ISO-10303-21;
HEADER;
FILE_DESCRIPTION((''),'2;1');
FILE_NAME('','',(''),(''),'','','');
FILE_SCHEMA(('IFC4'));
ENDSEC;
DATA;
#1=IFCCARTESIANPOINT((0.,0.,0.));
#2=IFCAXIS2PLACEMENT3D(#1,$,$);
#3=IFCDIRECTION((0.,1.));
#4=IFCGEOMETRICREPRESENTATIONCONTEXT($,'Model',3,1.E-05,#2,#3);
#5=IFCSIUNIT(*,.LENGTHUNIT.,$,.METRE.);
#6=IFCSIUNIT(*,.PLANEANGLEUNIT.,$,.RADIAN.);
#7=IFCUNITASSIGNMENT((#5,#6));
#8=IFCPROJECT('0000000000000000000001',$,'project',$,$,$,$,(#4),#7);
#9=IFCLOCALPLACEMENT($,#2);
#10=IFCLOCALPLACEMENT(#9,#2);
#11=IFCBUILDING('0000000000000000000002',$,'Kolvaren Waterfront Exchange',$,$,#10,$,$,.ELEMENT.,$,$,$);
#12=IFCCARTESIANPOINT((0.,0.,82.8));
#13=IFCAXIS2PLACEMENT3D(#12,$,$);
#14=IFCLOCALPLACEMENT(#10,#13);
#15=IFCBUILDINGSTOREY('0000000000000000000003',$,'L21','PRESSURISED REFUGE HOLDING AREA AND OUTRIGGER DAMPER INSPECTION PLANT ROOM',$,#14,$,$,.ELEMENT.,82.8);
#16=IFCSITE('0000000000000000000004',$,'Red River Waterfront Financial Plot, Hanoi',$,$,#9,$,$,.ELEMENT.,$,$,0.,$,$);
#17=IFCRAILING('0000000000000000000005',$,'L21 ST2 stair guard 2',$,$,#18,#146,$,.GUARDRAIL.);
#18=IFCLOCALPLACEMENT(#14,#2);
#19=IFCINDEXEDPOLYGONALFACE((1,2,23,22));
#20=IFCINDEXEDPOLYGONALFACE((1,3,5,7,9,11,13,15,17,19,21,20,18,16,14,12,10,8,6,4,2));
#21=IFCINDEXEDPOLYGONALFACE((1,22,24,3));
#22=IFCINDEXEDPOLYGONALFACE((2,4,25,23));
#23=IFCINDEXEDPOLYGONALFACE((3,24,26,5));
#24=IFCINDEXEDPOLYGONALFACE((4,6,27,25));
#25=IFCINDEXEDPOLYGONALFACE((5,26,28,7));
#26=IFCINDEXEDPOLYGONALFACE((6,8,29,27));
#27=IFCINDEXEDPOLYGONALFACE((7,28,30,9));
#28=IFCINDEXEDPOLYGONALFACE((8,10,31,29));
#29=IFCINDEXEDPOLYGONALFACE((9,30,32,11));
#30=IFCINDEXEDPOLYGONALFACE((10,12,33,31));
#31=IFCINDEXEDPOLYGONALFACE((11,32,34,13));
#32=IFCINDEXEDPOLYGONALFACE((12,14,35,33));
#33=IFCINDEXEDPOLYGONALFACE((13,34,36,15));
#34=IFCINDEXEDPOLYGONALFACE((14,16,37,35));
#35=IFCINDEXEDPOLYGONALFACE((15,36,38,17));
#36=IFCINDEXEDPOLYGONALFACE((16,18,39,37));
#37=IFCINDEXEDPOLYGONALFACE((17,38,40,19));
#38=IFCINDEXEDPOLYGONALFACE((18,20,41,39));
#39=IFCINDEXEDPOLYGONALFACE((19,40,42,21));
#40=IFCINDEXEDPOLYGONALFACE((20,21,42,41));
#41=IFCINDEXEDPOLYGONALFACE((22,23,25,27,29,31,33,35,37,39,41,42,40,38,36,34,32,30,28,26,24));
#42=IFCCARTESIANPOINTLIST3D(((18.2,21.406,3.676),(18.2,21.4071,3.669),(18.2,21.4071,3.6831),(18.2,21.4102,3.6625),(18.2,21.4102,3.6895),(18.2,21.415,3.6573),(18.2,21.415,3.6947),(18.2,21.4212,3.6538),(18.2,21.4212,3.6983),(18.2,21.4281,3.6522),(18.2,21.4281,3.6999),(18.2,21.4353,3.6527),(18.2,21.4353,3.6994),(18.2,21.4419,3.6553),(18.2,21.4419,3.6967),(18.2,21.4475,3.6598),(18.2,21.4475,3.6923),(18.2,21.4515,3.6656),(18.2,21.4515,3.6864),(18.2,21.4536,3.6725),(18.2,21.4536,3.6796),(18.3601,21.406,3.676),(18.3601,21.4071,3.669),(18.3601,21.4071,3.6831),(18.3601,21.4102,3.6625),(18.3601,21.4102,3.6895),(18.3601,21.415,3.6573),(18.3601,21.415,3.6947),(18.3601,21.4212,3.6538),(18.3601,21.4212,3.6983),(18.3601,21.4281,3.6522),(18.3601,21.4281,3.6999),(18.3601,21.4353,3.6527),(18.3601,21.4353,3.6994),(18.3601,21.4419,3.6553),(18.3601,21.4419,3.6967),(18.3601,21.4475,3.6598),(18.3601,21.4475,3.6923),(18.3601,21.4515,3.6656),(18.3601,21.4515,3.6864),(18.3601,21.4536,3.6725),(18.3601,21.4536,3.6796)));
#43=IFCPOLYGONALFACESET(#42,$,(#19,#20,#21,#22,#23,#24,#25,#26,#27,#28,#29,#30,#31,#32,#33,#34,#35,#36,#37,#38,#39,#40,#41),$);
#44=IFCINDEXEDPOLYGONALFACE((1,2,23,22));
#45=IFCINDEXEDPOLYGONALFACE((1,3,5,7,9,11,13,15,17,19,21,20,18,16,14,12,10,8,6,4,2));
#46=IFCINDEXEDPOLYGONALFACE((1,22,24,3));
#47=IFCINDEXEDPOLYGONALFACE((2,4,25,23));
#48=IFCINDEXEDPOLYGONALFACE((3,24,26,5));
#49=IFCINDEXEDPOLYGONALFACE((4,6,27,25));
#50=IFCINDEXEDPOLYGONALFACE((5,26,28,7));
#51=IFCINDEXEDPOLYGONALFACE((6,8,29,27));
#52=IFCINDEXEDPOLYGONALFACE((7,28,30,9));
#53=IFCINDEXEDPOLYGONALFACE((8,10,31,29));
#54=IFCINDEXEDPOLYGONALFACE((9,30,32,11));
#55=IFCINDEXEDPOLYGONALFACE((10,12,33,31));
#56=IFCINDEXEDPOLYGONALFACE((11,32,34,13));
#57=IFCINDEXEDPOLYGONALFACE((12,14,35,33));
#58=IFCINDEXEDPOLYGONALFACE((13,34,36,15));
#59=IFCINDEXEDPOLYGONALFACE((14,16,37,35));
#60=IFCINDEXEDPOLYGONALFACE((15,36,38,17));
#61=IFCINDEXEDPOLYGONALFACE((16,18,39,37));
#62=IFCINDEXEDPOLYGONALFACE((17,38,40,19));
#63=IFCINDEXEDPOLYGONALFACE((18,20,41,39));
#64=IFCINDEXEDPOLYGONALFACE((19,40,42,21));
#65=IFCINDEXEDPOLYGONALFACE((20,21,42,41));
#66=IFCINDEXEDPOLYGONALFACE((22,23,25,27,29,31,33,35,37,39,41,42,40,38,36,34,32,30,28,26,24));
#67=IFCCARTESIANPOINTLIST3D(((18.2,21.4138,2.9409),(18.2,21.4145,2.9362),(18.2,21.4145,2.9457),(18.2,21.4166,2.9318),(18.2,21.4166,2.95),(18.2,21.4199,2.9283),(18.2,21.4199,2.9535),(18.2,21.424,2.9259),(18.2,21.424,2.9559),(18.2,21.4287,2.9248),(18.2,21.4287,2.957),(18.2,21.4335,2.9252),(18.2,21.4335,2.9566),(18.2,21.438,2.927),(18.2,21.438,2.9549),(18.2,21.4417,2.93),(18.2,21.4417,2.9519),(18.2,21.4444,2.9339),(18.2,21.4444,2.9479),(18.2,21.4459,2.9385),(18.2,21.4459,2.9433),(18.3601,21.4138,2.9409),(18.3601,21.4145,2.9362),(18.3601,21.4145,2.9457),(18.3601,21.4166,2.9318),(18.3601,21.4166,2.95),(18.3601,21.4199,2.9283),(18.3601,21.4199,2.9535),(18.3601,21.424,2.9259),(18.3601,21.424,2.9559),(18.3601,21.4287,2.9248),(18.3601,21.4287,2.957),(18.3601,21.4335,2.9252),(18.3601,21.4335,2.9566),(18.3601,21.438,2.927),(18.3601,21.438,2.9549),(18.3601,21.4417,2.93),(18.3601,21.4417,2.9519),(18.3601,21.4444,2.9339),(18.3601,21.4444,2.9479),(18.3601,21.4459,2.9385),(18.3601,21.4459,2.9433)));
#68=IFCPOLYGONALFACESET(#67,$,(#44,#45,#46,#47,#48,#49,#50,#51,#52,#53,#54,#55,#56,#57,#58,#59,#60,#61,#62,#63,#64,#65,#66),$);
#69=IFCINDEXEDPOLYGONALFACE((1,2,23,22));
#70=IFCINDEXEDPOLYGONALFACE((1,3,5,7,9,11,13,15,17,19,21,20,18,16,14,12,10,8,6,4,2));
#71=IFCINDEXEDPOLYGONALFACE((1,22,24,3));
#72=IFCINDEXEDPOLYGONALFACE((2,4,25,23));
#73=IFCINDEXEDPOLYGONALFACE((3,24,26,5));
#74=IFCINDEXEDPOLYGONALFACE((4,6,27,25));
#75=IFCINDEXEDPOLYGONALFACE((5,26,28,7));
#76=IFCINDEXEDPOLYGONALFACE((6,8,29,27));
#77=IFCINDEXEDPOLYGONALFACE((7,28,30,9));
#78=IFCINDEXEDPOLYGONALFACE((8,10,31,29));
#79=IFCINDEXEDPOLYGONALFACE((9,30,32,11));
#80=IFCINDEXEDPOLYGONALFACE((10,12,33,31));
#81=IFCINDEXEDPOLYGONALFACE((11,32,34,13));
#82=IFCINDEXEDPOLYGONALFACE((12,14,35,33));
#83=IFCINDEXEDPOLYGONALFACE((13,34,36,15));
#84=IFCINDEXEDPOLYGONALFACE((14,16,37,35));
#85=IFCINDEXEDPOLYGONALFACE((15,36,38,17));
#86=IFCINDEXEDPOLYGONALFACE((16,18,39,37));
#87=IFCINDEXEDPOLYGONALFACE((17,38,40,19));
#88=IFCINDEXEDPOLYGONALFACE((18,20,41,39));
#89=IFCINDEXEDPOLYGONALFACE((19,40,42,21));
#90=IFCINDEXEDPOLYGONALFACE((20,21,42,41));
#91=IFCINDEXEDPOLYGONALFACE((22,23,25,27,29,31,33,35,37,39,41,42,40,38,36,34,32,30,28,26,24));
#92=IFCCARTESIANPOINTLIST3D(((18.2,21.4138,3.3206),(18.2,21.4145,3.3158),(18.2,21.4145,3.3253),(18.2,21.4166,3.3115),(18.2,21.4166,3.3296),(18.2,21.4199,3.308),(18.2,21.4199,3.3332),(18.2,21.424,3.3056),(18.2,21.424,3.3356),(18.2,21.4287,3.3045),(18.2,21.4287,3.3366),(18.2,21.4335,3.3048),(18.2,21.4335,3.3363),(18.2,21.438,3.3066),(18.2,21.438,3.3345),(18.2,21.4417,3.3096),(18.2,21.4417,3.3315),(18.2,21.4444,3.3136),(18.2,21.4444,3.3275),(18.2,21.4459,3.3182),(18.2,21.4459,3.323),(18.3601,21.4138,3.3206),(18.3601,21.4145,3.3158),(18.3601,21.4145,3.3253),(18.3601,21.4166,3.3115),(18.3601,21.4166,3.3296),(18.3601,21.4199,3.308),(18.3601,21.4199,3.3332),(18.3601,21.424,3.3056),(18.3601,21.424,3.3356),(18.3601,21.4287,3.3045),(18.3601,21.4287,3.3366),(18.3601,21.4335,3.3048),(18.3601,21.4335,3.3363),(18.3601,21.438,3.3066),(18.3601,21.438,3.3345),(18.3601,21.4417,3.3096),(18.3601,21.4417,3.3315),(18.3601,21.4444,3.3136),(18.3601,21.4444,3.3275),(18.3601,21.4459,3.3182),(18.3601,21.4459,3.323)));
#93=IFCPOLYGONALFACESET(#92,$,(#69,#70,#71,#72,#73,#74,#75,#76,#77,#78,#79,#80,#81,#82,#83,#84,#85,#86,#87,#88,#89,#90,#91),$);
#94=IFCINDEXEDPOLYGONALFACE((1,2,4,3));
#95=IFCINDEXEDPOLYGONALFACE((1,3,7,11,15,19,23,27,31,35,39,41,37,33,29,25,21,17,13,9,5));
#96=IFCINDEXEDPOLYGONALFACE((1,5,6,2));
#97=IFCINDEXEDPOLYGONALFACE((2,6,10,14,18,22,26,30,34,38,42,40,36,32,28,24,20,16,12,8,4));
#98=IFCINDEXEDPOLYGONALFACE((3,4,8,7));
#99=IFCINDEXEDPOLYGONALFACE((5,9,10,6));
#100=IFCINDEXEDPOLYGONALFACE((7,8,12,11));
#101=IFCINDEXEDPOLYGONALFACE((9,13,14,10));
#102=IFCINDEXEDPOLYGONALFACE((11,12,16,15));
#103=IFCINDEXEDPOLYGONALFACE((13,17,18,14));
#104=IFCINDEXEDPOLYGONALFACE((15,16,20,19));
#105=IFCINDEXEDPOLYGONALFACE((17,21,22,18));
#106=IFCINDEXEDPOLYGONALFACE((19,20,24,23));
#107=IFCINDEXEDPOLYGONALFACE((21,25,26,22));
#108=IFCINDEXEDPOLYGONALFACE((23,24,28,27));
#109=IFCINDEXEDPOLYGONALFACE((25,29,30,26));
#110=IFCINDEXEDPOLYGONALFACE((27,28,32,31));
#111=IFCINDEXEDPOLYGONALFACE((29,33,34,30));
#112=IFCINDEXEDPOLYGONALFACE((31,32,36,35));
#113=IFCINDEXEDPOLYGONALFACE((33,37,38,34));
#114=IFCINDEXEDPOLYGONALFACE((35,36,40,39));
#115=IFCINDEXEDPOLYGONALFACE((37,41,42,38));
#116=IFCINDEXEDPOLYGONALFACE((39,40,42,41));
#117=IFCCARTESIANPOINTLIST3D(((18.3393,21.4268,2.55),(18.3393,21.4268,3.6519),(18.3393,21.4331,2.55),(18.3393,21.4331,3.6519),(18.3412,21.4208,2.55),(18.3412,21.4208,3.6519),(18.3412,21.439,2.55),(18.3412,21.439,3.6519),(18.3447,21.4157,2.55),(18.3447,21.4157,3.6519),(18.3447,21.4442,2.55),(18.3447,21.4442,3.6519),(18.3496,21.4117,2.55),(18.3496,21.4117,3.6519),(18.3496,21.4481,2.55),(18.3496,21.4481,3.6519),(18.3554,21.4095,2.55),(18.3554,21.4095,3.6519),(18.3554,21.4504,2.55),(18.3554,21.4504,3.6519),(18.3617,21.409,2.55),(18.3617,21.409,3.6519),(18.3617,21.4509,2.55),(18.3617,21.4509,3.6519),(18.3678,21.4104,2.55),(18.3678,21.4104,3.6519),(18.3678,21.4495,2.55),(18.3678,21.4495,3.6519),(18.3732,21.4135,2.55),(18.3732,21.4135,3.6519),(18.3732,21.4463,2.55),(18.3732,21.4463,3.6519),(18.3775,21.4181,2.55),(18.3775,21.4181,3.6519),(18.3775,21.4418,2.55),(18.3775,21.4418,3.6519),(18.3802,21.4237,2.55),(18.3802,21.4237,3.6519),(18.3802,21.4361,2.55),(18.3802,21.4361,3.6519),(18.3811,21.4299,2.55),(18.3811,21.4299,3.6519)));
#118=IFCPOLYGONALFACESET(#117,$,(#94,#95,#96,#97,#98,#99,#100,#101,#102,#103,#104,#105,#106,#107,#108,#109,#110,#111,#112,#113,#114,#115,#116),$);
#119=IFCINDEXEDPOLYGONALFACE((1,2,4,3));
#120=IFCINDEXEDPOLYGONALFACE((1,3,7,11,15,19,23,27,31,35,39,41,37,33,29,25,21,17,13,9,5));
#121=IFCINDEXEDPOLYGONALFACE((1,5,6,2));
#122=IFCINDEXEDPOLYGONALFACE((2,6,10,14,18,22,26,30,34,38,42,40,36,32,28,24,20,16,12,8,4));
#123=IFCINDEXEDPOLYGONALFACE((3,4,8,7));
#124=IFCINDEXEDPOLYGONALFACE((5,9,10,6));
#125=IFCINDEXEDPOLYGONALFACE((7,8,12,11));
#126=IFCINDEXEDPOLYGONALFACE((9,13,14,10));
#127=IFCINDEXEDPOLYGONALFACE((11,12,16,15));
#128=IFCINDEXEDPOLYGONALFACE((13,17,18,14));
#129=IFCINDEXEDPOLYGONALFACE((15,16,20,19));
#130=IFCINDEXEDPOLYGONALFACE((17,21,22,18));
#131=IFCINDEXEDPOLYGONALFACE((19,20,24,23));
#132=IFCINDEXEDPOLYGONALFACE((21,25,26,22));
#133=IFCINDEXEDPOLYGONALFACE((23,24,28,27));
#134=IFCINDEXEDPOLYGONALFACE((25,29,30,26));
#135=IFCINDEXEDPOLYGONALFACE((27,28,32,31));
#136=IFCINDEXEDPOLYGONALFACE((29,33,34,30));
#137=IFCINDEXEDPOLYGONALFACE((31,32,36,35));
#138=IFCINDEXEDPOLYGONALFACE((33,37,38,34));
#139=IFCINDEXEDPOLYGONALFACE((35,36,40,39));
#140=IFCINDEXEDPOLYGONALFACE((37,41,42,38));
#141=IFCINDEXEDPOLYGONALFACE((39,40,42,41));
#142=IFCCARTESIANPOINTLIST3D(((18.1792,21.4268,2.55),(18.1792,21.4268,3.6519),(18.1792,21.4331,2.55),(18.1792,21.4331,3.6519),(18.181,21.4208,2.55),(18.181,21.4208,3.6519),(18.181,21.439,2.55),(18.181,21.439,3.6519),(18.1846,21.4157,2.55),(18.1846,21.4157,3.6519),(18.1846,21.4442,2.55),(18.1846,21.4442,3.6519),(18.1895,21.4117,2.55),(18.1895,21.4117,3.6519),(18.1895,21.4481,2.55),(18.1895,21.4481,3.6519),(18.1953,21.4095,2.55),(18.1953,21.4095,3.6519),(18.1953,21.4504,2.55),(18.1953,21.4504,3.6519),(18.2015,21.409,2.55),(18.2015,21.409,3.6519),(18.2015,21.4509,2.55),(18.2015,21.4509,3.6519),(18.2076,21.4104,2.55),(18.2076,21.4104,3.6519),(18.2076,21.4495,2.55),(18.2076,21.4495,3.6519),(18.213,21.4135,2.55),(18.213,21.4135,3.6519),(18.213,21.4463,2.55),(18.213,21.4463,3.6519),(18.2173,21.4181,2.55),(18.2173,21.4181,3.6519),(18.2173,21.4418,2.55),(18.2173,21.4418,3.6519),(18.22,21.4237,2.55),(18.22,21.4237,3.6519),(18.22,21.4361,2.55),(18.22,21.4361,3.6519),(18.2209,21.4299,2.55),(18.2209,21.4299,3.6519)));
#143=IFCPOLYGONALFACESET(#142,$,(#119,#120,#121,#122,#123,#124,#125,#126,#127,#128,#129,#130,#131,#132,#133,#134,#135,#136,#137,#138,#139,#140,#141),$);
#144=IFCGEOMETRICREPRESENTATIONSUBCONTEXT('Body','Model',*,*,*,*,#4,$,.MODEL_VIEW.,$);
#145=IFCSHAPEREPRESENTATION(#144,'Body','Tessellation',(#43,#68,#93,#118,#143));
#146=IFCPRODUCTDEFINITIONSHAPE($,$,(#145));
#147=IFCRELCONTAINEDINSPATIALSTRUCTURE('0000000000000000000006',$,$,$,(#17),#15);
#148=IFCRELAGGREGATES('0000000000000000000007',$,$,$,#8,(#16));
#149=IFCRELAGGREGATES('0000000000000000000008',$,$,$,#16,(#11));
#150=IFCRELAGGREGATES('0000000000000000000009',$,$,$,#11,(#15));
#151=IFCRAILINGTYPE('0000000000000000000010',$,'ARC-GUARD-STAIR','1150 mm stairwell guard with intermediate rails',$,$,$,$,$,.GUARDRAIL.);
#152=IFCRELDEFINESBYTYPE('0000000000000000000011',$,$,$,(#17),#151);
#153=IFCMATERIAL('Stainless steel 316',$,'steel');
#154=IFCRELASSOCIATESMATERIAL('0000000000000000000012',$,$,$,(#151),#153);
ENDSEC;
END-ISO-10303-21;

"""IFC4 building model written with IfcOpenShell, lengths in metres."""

from ifc_helpers import new_model, si_unit, direction, frame, origin, origin_2d, place, context, subcontext, project, spatial, circle, extrude, material, type_object, element, save


model = new_model("IFC4")

# Units and contexts
model_context = context("Model", 3, precision=1e-05, world=origin(), true_north=direction((0.0, 1.0)))
body_context = subcontext(model_context, "Body", "Model", "MODEL_VIEW")
ifc_project = project(units=[si_unit("LENGTHUNIT", "METRE"), si_unit("PLANEANGLEUNIT", "RADIAN")], contexts=[model_context])

# Site, building, storey
site_placement = place(None, origin())
site = spatial("IfcSite", under=ifc_project, at=site_placement, Name="Red River Waterfront Financial Plot, Hanoi", CompositionType="ELEMENT", RefElevation=0.0)
building_placement = place(site_placement, origin())
building = spatial("IfcBuilding", under=site, at=building_placement, Name="Kolvaren Waterfront Exchange", CompositionType="ELEMENT")
storey_placement = place(building_placement, frame((0.0, 0.0, 82.8)))
storey = spatial("IfcBuildingStorey", under=building, at=storey_placement, Name="L21", Description="PRESSURISED REFUGE HOLDING AREA AND OUTRIGGER DAMPER INSPECTION PLANT ROOM", CompositionType="ELEMENT", Elevation=82.8)

# Railing
ifc_material_1 = material(Name="Stainless steel 316", Category="steel")
railing_type_1 = type_object("IfcRailingType", Name="ARC-GUARD-STAIR", Description="1150 mm stairwell guard with intermediate rails", PredefinedType="GUARDRAIL", material=ifc_material_1)
railing_1_placement = place(storey_placement, frame((18.3601, 21.4299, 2.55)))
element("IfcRailing", 1, at=railing_1_placement, inside=storey, type_object=railing_type_1, Name="L21 ST2 stair guard 2", PredefinedType="GUARDRAIL", context=body_context, shape_type="SweptSolid", body=[
    extrude(circle(Radius=0.0239, at=origin_2d()), frame((0.0, 0.0, 1.126), z_axis=(-1.0, 0.0, 0.0), x_axis=(0.0, -1.0, 0.0)), (0.0, 0.0, 1.0), 0.1602),
    extrude(circle(Radius=0.0161, at=origin_2d()), frame((0.0, 0.0, 0.3909), z_axis=(-1.0, 0.0, 0.0), x_axis=(0.0, -1.0, 0.0)), (0.0, 0.0, 1.0), 0.1602),
    extrude(circle(Radius=0.0161, at=origin_2d()), frame((0.0, 0.0, 0.7705), z_axis=(-1.0, 0.0, 0.0), x_axis=(0.0, -1.0, 0.0)), (0.0, 0.0, 1.0), 0.1602),
    extrude(circle(Radius=0.021, at=origin_2d()), origin(), (0.0, 0.0, 1.0), 1.1018),
    extrude(circle(Radius=0.021, at=origin_2d()), frame((-0.1602, 0.0, 0.0)), (0.0, 0.0, 1.0), 1.1018),
])

save(model, "model.ifc")
